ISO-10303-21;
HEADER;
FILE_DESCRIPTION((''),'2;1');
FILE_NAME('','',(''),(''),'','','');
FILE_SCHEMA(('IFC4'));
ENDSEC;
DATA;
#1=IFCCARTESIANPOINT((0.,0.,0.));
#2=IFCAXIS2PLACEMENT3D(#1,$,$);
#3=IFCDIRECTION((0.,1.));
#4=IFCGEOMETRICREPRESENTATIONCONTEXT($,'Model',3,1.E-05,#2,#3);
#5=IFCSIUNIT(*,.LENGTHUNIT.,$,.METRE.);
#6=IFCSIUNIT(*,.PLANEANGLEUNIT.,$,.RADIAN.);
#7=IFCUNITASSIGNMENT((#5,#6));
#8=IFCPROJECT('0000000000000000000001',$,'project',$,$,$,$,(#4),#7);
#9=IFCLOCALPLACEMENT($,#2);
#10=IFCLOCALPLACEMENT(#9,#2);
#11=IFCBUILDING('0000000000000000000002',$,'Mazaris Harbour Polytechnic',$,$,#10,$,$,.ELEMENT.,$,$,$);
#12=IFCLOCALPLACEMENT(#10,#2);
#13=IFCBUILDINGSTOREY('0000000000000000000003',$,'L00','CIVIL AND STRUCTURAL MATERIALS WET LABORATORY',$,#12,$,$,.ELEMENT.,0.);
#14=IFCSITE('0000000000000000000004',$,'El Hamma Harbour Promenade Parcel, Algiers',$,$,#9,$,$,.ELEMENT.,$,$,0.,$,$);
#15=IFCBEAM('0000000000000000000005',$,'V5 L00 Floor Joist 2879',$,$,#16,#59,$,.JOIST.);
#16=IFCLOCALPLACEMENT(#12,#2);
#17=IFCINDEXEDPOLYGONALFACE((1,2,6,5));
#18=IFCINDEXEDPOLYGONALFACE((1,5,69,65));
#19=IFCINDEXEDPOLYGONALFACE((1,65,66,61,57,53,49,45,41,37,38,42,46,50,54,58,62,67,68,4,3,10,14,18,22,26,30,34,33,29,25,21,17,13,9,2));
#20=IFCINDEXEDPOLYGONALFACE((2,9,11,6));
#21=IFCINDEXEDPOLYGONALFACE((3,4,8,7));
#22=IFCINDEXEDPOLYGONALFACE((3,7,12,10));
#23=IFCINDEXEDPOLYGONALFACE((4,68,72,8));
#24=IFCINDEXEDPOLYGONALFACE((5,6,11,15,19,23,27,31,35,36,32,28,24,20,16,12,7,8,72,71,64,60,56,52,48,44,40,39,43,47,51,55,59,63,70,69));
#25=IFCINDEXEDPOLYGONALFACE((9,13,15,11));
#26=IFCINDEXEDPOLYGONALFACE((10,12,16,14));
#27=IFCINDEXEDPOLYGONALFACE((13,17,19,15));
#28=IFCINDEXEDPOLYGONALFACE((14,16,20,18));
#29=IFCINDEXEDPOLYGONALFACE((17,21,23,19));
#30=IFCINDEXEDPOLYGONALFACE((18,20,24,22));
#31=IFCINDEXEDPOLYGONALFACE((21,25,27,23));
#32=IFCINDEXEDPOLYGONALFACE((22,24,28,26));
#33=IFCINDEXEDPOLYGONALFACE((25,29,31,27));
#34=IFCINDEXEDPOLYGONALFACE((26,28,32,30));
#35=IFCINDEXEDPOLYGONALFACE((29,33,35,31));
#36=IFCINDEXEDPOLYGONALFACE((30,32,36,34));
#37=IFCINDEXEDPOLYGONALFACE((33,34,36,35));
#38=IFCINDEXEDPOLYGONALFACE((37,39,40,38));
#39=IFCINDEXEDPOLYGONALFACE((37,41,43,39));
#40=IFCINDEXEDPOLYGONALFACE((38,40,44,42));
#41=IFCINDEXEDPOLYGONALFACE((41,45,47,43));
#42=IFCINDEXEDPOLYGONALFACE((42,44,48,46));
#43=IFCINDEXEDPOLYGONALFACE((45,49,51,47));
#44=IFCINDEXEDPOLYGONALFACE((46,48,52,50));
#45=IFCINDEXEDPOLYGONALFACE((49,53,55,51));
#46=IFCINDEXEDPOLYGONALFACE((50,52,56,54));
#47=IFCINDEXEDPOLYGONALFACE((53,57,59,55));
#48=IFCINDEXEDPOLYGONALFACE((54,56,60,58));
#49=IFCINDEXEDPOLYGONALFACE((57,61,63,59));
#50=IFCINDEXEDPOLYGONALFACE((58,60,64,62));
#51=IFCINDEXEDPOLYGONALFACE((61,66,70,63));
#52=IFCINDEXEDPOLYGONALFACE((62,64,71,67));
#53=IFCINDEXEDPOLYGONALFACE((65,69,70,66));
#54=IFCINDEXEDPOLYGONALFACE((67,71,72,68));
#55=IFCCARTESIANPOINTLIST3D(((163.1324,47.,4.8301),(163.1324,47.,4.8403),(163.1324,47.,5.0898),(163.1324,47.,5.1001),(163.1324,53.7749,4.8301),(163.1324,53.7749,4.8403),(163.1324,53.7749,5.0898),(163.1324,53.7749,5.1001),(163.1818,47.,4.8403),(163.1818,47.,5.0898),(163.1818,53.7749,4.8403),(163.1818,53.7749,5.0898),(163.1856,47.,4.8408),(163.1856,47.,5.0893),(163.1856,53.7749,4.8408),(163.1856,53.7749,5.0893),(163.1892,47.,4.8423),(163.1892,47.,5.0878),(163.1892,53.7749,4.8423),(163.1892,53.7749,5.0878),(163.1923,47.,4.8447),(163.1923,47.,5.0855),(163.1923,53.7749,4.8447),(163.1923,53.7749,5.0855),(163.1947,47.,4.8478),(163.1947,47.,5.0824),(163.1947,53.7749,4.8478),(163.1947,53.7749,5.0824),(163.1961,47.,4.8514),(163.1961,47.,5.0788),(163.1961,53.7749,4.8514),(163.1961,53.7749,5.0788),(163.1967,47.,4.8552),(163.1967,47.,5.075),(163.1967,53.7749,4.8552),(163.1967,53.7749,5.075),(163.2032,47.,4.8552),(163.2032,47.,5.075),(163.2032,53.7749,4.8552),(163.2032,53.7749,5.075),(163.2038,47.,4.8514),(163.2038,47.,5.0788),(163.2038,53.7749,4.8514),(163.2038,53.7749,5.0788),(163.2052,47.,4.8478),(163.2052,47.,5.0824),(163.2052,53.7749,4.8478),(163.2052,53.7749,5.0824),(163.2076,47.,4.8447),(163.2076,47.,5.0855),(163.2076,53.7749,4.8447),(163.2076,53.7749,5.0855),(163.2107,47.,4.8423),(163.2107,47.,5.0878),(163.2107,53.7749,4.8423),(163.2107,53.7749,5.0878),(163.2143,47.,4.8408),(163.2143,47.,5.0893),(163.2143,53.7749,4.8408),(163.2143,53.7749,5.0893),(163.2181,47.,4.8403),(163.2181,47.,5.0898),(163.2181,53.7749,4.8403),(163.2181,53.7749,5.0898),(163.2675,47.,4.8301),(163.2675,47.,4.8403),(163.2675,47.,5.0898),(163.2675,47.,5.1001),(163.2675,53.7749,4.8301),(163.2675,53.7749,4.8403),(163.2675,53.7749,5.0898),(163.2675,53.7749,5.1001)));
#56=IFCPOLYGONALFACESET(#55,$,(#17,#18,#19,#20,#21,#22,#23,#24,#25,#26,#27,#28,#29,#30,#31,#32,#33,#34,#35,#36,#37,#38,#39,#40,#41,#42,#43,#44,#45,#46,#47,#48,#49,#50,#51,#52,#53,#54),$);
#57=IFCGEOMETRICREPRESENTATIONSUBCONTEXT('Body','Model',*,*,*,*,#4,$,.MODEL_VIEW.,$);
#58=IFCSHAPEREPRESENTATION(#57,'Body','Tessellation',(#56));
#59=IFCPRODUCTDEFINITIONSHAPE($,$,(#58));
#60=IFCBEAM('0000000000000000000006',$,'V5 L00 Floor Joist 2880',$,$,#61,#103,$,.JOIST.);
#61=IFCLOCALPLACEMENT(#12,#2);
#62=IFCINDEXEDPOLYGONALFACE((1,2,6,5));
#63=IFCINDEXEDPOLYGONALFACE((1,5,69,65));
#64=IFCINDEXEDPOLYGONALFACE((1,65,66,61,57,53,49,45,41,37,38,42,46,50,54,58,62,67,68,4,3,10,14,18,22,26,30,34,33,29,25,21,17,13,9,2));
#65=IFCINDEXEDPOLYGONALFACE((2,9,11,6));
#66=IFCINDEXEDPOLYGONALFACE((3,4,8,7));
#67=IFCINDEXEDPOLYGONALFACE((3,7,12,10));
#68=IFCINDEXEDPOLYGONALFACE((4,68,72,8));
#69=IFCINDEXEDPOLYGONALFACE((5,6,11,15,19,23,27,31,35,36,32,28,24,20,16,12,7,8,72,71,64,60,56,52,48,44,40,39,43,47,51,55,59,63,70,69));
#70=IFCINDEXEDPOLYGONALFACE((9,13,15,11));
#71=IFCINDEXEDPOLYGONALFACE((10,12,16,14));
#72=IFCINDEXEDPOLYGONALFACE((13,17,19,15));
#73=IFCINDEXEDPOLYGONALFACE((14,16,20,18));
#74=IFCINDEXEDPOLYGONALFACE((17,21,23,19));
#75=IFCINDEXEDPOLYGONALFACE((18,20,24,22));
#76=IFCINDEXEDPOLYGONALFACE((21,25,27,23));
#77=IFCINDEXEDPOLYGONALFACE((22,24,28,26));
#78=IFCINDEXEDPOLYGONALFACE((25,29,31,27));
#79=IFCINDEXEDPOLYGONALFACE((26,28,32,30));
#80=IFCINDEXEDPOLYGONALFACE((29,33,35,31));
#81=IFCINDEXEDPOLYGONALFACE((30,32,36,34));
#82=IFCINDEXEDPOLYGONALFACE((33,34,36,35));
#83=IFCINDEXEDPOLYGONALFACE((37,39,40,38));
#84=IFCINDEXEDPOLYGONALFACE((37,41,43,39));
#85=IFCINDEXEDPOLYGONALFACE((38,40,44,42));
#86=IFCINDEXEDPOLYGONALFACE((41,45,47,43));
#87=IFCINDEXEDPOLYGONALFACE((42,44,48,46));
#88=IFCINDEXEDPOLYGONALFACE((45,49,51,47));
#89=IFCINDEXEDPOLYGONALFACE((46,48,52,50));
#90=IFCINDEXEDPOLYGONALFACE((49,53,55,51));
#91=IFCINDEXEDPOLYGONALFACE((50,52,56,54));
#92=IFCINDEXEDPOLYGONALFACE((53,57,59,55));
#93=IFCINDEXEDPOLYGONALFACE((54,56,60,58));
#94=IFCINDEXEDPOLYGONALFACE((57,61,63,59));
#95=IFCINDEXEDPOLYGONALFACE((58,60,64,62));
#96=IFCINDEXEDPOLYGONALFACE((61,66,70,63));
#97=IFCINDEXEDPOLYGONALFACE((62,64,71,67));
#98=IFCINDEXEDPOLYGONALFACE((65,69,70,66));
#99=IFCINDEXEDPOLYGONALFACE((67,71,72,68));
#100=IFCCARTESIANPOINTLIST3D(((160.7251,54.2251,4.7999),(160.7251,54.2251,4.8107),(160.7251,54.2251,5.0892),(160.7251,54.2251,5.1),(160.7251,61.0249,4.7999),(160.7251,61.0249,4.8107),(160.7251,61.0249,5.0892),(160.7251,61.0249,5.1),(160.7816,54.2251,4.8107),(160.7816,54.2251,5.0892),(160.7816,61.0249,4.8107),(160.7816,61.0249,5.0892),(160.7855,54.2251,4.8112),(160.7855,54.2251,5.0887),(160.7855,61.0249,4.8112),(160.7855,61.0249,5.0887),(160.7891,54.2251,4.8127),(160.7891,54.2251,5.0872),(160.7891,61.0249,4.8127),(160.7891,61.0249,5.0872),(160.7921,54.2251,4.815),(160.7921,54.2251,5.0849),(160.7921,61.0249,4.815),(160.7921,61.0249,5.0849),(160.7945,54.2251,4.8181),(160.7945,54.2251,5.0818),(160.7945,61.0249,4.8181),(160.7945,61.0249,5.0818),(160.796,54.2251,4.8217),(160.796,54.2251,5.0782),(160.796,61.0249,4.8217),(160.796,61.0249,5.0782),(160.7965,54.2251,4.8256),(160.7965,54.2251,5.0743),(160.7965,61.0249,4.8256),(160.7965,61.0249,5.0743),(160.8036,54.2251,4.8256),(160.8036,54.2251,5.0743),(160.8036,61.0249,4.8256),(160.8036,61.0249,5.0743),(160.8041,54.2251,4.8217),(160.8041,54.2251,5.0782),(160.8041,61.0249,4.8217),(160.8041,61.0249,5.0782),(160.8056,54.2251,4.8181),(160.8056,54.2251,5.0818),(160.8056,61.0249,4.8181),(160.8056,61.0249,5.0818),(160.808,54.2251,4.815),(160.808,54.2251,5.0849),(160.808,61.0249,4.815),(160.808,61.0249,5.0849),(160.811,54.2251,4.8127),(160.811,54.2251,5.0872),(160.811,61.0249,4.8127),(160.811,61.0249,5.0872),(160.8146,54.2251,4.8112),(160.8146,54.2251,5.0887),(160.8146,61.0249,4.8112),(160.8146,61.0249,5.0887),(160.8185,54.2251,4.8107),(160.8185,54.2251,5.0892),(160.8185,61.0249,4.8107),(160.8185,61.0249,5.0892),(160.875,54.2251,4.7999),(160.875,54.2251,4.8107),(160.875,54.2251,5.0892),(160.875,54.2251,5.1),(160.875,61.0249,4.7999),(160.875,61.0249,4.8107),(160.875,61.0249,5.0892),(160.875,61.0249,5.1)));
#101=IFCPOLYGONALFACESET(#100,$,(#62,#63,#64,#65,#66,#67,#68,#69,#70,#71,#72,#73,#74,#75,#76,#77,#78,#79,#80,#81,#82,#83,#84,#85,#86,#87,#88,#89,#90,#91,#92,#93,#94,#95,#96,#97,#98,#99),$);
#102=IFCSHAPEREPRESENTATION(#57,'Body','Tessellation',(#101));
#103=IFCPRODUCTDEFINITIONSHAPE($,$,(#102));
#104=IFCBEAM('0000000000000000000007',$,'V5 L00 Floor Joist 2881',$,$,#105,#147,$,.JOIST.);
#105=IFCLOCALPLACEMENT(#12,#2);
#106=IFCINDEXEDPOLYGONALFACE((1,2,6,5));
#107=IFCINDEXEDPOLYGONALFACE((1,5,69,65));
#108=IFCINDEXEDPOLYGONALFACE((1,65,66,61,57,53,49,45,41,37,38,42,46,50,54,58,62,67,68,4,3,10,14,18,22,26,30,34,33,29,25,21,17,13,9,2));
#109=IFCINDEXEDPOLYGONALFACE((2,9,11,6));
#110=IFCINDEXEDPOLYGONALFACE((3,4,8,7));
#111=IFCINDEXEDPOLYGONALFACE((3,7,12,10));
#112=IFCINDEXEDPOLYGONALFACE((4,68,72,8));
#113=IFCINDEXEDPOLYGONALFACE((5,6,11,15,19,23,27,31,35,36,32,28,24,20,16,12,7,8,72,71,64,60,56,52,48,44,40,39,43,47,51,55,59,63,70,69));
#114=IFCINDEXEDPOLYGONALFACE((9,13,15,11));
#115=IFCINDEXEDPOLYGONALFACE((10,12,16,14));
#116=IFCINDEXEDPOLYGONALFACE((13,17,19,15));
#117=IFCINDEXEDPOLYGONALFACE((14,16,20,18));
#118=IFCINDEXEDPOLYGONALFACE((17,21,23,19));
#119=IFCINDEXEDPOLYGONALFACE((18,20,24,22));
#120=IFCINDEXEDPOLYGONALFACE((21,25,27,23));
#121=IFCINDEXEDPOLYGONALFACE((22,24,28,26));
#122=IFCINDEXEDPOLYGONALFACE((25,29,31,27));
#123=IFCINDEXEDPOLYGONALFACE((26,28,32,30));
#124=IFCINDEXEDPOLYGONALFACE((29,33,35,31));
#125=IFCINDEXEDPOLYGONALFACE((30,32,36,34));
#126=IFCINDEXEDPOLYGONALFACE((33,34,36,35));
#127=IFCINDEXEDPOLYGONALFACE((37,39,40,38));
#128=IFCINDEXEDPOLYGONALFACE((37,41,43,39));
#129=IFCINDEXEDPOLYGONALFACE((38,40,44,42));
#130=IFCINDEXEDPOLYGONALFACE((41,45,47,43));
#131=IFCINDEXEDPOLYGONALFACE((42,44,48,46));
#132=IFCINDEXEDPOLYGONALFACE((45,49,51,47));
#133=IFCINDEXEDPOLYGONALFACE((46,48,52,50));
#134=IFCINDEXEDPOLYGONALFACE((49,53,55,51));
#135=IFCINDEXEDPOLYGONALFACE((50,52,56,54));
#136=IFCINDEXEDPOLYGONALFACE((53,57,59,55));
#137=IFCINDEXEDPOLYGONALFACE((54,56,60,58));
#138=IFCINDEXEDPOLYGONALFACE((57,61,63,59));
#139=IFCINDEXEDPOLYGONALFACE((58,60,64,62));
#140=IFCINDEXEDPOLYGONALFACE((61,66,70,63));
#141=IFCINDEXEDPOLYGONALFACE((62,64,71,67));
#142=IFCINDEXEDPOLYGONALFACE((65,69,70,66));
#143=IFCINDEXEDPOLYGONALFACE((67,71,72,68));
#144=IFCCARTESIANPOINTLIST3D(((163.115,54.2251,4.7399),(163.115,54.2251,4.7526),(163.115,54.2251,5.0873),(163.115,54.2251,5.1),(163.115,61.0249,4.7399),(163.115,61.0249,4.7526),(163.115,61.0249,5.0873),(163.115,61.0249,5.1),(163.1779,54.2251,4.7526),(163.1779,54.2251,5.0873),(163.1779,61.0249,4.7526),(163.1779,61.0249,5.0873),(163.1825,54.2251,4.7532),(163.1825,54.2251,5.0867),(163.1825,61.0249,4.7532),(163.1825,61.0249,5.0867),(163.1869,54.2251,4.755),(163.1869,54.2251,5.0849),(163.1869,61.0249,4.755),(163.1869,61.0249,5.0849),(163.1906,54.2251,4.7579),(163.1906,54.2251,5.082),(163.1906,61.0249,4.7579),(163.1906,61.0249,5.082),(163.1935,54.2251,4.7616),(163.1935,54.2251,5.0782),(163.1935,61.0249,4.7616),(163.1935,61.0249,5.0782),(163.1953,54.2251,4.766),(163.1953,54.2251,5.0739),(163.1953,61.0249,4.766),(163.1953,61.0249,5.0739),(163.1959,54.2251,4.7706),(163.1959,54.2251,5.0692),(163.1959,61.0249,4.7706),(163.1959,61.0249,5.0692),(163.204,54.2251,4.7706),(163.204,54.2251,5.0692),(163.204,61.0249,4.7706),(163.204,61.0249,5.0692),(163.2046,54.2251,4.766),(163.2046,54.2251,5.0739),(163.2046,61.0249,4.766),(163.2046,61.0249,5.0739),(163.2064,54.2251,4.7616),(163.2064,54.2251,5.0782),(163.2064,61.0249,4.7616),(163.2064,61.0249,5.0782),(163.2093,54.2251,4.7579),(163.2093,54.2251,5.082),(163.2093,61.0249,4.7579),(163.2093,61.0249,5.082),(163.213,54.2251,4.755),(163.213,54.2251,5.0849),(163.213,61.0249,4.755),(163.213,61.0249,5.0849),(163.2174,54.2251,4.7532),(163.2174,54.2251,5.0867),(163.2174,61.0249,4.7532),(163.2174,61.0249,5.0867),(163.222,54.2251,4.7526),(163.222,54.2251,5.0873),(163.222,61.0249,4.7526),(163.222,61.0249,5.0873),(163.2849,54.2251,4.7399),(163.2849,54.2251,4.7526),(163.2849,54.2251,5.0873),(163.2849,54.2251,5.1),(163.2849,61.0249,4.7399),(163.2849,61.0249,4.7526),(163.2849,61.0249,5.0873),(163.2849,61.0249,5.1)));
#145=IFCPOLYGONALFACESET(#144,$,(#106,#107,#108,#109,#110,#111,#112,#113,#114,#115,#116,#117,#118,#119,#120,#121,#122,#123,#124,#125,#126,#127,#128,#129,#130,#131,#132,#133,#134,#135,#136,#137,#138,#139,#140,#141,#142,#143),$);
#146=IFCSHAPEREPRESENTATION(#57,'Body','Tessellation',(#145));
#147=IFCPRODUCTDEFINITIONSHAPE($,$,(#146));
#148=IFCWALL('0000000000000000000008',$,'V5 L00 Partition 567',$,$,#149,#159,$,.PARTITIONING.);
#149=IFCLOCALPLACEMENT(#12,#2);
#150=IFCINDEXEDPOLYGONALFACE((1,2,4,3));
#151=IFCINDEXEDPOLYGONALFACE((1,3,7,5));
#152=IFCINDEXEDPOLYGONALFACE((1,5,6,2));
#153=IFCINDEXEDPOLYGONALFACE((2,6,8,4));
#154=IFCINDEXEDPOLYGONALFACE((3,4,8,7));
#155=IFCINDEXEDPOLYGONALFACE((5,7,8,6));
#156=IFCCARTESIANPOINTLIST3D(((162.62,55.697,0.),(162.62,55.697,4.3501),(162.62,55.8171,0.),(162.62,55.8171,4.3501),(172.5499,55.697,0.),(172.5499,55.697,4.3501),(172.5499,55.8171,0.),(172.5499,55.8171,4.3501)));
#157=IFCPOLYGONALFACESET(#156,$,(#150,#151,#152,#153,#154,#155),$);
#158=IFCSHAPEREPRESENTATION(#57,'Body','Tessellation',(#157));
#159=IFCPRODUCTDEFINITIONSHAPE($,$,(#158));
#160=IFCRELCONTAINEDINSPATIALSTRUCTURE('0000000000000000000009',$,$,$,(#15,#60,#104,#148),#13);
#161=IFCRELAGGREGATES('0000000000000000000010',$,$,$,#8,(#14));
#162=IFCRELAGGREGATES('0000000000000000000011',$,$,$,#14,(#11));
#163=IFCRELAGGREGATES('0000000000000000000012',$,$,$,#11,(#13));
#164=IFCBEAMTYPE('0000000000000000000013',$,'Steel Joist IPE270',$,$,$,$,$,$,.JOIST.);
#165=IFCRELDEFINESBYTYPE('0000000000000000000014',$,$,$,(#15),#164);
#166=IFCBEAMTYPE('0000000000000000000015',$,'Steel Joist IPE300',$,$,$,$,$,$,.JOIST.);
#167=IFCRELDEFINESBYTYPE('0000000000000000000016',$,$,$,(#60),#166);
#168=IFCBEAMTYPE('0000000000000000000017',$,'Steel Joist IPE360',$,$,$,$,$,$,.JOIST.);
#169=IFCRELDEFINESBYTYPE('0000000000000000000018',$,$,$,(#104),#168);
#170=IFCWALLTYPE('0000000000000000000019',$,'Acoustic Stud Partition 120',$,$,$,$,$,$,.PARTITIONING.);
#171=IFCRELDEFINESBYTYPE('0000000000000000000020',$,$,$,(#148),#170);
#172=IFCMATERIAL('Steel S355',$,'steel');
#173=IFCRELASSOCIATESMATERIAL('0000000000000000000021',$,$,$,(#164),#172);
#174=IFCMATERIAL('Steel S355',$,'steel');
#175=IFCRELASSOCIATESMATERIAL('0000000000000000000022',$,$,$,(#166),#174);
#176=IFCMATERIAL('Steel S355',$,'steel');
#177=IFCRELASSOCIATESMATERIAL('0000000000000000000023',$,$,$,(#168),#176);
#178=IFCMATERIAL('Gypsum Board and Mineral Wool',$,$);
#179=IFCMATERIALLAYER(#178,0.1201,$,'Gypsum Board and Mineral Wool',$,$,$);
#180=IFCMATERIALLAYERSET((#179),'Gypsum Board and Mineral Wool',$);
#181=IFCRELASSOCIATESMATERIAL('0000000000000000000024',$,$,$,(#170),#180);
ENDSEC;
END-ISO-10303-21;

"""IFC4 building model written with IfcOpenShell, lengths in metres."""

from ifc_helpers import new_model, si_unit, direction, frame, frame_2d, origin, origin_2d, place, context, subcontext, project, spatial, rectangle, i_section, extrude, material, layer, layer_set, material_profile, profile_set, type_object, element, save


model = new_model("IFC4")

# Units and contexts
model_context = context("Model", 3, precision=1e-05, world=origin(), true_north=direction((0.0, 1.0)))
body_context = subcontext(model_context, "Body", "Model", "MODEL_VIEW")
ifc_project = project(units=[si_unit("LENGTHUNIT", "METRE"), si_unit("PLANEANGLEUNIT", "RADIAN")], contexts=[model_context])

# Site, building, storey
site_placement = place(None, origin())
site = spatial("IfcSite", under=ifc_project, at=site_placement, Name="El Hamma Harbour Promenade Parcel, Algiers", CompositionType="ELEMENT", RefElevation=0.0)
building_placement = place(site_placement, origin())
building = spatial("IfcBuilding", under=site, at=building_placement, Name="Mazaris Harbour Polytechnic", CompositionType="ELEMENT")
storey_placement = place(building_placement, origin())
storey = spatial("IfcBuildingStorey", under=building, at=storey_placement, Name="L00", Description="CIVIL AND STRUCTURAL MATERIALS WET LABORATORY", CompositionType="ELEMENT", Elevation=0.0)

# Beams
ifc_material_1 = material(Name="Steel S355", Category="steel")
ifc_material_profile_1 = material_profile(ifc_material_1, i_section(OverallWidth=0.135, OverallDepth=0.27, WebThickness=0.0066, FlangeThickness=0.0103, FilletRadius=0.0149, at=origin_2d()), Name="IPE 270")
ifc_profile_set_1 = profile_set([ifc_material_profile_1], Name="Steel S355")
beam_type_1 = type_object("IfcBeamType", Name="Steel Joist IPE270", PredefinedType="JOIST", material=ifc_profile_set_1)
beam_1_placement = place(storey_placement, frame((163.2, 47.0, 4.9651), z_axis=(0.0, 1.0, 0.0), x_axis=(-1.0, 0.0, 0.0)))
element("IfcBeam", 1, at=beam_1_placement, inside=storey, type_object=beam_type_1, Name="V5 L00 Floor Joist 2879", PredefinedType="JOIST", context=body_context, shape_type="SweptSolid", body=[
    extrude(i_section(OverallWidth=0.135, OverallDepth=0.27, WebThickness=0.0066, FlangeThickness=0.0103, FilletRadius=0.0149, at=origin_2d()), origin(), (0.0, 0.0, 1.0), 6.7749),
])
ifc_material_2 = material(Name="Steel S355", Category="steel")
ifc_material_profile_2 = material_profile(ifc_material_2, i_section(OverallWidth=0.1499, OverallDepth=0.3, WebThickness=0.0071, FlangeThickness=0.0107, FilletRadius=0.0149, at=origin_2d()), Name="IPE 300")
ifc_profile_set_2 = profile_set([ifc_material_profile_2], Name="Steel S355")
beam_type_2 = type_object("IfcBeamType", Name="Steel Joist IPE300", PredefinedType="JOIST", material=ifc_profile_set_2)
beam_2_placement = place(storey_placement, frame((160.8, 54.2251, 4.95), z_axis=(0.0, 1.0, 0.0), x_axis=(-1.0, 0.0, 0.0)))
element("IfcBeam", 2, at=beam_2_placement, inside=storey, type_object=beam_type_2, Name="V5 L00 Floor Joist 2880", PredefinedType="JOIST", context=body_context, shape_type="SweptSolid", body=[
    extrude(i_section(OverallWidth=0.1499, OverallDepth=0.3, WebThickness=0.0071, FlangeThickness=0.0107, FilletRadius=0.0149, at=origin_2d()), origin(), (0.0, 0.0, 1.0), 6.7998),
])
ifc_material_3 = material(Name="Steel S355", Category="steel")
ifc_material_profile_3 = material_profile(ifc_material_3, i_section(OverallWidth=0.1699, OverallDepth=0.3601, WebThickness=0.0081, FlangeThickness=0.0127, FilletRadius=0.0181, at=origin_2d()), Name="IPE 360")
ifc_profile_set_3 = profile_set([ifc_material_profile_3], Name="Steel S355")
beam_type_3 = type_object("IfcBeamType", Name="Steel Joist IPE360", PredefinedType="JOIST", material=ifc_profile_set_3)
beam_3_placement = place(storey_placement, frame((163.2, 54.2251, 4.9199), z_axis=(0.0, 1.0, 0.0), x_axis=(-1.0, 0.0, 0.0)))
element("IfcBeam", 3, at=beam_3_placement, inside=storey, type_object=beam_type_3, Name="V5 L00 Floor Joist 2881", PredefinedType="JOIST", context=body_context, shape_type="SweptSolid", body=[
    extrude(i_section(OverallWidth=0.1699, OverallDepth=0.3601, WebThickness=0.0081, FlangeThickness=0.0127, FilletRadius=0.0181, at=origin_2d()), origin(), (0.0, 0.0, 1.0), 6.7998),
])

# Wall
ifc_material_4 = material(Name="Gypsum Board and Mineral Wool")
ifc_layer_1 = layer(ifc_material_4, 0.1201, Name="Gypsum Board and Mineral Wool")
ifc_layer_set_1 = layer_set([ifc_layer_1], Name="Gypsum Board and Mineral Wool")
wall_type_1 = type_object("IfcWallType", Name="Acoustic Stud Partition 120", PredefinedType="PARTITIONING", material=ifc_layer_set_1)
wall_1_placement = place(storey_placement, frame((162.6201, 55.7571, 0.0), z_axis=(0.0, 0.0, 1.0), x_axis=(1.0, 0.0, 0.0)))
element("IfcWall", 4, at=wall_1_placement, inside=storey, type_object=wall_type_1, Name="V5 L00 Partition 567", PredefinedType="PARTITIONING", context=body_context, shape_type="SweptSolid", body=[
    extrude(rectangle(XDim=9.9299, YDim=0.1201, at=frame_2d((4.9648, 0.0))), origin(), (0.0, 0.0, 1.0), 4.3501),
])

save(model, "model.ifc")
